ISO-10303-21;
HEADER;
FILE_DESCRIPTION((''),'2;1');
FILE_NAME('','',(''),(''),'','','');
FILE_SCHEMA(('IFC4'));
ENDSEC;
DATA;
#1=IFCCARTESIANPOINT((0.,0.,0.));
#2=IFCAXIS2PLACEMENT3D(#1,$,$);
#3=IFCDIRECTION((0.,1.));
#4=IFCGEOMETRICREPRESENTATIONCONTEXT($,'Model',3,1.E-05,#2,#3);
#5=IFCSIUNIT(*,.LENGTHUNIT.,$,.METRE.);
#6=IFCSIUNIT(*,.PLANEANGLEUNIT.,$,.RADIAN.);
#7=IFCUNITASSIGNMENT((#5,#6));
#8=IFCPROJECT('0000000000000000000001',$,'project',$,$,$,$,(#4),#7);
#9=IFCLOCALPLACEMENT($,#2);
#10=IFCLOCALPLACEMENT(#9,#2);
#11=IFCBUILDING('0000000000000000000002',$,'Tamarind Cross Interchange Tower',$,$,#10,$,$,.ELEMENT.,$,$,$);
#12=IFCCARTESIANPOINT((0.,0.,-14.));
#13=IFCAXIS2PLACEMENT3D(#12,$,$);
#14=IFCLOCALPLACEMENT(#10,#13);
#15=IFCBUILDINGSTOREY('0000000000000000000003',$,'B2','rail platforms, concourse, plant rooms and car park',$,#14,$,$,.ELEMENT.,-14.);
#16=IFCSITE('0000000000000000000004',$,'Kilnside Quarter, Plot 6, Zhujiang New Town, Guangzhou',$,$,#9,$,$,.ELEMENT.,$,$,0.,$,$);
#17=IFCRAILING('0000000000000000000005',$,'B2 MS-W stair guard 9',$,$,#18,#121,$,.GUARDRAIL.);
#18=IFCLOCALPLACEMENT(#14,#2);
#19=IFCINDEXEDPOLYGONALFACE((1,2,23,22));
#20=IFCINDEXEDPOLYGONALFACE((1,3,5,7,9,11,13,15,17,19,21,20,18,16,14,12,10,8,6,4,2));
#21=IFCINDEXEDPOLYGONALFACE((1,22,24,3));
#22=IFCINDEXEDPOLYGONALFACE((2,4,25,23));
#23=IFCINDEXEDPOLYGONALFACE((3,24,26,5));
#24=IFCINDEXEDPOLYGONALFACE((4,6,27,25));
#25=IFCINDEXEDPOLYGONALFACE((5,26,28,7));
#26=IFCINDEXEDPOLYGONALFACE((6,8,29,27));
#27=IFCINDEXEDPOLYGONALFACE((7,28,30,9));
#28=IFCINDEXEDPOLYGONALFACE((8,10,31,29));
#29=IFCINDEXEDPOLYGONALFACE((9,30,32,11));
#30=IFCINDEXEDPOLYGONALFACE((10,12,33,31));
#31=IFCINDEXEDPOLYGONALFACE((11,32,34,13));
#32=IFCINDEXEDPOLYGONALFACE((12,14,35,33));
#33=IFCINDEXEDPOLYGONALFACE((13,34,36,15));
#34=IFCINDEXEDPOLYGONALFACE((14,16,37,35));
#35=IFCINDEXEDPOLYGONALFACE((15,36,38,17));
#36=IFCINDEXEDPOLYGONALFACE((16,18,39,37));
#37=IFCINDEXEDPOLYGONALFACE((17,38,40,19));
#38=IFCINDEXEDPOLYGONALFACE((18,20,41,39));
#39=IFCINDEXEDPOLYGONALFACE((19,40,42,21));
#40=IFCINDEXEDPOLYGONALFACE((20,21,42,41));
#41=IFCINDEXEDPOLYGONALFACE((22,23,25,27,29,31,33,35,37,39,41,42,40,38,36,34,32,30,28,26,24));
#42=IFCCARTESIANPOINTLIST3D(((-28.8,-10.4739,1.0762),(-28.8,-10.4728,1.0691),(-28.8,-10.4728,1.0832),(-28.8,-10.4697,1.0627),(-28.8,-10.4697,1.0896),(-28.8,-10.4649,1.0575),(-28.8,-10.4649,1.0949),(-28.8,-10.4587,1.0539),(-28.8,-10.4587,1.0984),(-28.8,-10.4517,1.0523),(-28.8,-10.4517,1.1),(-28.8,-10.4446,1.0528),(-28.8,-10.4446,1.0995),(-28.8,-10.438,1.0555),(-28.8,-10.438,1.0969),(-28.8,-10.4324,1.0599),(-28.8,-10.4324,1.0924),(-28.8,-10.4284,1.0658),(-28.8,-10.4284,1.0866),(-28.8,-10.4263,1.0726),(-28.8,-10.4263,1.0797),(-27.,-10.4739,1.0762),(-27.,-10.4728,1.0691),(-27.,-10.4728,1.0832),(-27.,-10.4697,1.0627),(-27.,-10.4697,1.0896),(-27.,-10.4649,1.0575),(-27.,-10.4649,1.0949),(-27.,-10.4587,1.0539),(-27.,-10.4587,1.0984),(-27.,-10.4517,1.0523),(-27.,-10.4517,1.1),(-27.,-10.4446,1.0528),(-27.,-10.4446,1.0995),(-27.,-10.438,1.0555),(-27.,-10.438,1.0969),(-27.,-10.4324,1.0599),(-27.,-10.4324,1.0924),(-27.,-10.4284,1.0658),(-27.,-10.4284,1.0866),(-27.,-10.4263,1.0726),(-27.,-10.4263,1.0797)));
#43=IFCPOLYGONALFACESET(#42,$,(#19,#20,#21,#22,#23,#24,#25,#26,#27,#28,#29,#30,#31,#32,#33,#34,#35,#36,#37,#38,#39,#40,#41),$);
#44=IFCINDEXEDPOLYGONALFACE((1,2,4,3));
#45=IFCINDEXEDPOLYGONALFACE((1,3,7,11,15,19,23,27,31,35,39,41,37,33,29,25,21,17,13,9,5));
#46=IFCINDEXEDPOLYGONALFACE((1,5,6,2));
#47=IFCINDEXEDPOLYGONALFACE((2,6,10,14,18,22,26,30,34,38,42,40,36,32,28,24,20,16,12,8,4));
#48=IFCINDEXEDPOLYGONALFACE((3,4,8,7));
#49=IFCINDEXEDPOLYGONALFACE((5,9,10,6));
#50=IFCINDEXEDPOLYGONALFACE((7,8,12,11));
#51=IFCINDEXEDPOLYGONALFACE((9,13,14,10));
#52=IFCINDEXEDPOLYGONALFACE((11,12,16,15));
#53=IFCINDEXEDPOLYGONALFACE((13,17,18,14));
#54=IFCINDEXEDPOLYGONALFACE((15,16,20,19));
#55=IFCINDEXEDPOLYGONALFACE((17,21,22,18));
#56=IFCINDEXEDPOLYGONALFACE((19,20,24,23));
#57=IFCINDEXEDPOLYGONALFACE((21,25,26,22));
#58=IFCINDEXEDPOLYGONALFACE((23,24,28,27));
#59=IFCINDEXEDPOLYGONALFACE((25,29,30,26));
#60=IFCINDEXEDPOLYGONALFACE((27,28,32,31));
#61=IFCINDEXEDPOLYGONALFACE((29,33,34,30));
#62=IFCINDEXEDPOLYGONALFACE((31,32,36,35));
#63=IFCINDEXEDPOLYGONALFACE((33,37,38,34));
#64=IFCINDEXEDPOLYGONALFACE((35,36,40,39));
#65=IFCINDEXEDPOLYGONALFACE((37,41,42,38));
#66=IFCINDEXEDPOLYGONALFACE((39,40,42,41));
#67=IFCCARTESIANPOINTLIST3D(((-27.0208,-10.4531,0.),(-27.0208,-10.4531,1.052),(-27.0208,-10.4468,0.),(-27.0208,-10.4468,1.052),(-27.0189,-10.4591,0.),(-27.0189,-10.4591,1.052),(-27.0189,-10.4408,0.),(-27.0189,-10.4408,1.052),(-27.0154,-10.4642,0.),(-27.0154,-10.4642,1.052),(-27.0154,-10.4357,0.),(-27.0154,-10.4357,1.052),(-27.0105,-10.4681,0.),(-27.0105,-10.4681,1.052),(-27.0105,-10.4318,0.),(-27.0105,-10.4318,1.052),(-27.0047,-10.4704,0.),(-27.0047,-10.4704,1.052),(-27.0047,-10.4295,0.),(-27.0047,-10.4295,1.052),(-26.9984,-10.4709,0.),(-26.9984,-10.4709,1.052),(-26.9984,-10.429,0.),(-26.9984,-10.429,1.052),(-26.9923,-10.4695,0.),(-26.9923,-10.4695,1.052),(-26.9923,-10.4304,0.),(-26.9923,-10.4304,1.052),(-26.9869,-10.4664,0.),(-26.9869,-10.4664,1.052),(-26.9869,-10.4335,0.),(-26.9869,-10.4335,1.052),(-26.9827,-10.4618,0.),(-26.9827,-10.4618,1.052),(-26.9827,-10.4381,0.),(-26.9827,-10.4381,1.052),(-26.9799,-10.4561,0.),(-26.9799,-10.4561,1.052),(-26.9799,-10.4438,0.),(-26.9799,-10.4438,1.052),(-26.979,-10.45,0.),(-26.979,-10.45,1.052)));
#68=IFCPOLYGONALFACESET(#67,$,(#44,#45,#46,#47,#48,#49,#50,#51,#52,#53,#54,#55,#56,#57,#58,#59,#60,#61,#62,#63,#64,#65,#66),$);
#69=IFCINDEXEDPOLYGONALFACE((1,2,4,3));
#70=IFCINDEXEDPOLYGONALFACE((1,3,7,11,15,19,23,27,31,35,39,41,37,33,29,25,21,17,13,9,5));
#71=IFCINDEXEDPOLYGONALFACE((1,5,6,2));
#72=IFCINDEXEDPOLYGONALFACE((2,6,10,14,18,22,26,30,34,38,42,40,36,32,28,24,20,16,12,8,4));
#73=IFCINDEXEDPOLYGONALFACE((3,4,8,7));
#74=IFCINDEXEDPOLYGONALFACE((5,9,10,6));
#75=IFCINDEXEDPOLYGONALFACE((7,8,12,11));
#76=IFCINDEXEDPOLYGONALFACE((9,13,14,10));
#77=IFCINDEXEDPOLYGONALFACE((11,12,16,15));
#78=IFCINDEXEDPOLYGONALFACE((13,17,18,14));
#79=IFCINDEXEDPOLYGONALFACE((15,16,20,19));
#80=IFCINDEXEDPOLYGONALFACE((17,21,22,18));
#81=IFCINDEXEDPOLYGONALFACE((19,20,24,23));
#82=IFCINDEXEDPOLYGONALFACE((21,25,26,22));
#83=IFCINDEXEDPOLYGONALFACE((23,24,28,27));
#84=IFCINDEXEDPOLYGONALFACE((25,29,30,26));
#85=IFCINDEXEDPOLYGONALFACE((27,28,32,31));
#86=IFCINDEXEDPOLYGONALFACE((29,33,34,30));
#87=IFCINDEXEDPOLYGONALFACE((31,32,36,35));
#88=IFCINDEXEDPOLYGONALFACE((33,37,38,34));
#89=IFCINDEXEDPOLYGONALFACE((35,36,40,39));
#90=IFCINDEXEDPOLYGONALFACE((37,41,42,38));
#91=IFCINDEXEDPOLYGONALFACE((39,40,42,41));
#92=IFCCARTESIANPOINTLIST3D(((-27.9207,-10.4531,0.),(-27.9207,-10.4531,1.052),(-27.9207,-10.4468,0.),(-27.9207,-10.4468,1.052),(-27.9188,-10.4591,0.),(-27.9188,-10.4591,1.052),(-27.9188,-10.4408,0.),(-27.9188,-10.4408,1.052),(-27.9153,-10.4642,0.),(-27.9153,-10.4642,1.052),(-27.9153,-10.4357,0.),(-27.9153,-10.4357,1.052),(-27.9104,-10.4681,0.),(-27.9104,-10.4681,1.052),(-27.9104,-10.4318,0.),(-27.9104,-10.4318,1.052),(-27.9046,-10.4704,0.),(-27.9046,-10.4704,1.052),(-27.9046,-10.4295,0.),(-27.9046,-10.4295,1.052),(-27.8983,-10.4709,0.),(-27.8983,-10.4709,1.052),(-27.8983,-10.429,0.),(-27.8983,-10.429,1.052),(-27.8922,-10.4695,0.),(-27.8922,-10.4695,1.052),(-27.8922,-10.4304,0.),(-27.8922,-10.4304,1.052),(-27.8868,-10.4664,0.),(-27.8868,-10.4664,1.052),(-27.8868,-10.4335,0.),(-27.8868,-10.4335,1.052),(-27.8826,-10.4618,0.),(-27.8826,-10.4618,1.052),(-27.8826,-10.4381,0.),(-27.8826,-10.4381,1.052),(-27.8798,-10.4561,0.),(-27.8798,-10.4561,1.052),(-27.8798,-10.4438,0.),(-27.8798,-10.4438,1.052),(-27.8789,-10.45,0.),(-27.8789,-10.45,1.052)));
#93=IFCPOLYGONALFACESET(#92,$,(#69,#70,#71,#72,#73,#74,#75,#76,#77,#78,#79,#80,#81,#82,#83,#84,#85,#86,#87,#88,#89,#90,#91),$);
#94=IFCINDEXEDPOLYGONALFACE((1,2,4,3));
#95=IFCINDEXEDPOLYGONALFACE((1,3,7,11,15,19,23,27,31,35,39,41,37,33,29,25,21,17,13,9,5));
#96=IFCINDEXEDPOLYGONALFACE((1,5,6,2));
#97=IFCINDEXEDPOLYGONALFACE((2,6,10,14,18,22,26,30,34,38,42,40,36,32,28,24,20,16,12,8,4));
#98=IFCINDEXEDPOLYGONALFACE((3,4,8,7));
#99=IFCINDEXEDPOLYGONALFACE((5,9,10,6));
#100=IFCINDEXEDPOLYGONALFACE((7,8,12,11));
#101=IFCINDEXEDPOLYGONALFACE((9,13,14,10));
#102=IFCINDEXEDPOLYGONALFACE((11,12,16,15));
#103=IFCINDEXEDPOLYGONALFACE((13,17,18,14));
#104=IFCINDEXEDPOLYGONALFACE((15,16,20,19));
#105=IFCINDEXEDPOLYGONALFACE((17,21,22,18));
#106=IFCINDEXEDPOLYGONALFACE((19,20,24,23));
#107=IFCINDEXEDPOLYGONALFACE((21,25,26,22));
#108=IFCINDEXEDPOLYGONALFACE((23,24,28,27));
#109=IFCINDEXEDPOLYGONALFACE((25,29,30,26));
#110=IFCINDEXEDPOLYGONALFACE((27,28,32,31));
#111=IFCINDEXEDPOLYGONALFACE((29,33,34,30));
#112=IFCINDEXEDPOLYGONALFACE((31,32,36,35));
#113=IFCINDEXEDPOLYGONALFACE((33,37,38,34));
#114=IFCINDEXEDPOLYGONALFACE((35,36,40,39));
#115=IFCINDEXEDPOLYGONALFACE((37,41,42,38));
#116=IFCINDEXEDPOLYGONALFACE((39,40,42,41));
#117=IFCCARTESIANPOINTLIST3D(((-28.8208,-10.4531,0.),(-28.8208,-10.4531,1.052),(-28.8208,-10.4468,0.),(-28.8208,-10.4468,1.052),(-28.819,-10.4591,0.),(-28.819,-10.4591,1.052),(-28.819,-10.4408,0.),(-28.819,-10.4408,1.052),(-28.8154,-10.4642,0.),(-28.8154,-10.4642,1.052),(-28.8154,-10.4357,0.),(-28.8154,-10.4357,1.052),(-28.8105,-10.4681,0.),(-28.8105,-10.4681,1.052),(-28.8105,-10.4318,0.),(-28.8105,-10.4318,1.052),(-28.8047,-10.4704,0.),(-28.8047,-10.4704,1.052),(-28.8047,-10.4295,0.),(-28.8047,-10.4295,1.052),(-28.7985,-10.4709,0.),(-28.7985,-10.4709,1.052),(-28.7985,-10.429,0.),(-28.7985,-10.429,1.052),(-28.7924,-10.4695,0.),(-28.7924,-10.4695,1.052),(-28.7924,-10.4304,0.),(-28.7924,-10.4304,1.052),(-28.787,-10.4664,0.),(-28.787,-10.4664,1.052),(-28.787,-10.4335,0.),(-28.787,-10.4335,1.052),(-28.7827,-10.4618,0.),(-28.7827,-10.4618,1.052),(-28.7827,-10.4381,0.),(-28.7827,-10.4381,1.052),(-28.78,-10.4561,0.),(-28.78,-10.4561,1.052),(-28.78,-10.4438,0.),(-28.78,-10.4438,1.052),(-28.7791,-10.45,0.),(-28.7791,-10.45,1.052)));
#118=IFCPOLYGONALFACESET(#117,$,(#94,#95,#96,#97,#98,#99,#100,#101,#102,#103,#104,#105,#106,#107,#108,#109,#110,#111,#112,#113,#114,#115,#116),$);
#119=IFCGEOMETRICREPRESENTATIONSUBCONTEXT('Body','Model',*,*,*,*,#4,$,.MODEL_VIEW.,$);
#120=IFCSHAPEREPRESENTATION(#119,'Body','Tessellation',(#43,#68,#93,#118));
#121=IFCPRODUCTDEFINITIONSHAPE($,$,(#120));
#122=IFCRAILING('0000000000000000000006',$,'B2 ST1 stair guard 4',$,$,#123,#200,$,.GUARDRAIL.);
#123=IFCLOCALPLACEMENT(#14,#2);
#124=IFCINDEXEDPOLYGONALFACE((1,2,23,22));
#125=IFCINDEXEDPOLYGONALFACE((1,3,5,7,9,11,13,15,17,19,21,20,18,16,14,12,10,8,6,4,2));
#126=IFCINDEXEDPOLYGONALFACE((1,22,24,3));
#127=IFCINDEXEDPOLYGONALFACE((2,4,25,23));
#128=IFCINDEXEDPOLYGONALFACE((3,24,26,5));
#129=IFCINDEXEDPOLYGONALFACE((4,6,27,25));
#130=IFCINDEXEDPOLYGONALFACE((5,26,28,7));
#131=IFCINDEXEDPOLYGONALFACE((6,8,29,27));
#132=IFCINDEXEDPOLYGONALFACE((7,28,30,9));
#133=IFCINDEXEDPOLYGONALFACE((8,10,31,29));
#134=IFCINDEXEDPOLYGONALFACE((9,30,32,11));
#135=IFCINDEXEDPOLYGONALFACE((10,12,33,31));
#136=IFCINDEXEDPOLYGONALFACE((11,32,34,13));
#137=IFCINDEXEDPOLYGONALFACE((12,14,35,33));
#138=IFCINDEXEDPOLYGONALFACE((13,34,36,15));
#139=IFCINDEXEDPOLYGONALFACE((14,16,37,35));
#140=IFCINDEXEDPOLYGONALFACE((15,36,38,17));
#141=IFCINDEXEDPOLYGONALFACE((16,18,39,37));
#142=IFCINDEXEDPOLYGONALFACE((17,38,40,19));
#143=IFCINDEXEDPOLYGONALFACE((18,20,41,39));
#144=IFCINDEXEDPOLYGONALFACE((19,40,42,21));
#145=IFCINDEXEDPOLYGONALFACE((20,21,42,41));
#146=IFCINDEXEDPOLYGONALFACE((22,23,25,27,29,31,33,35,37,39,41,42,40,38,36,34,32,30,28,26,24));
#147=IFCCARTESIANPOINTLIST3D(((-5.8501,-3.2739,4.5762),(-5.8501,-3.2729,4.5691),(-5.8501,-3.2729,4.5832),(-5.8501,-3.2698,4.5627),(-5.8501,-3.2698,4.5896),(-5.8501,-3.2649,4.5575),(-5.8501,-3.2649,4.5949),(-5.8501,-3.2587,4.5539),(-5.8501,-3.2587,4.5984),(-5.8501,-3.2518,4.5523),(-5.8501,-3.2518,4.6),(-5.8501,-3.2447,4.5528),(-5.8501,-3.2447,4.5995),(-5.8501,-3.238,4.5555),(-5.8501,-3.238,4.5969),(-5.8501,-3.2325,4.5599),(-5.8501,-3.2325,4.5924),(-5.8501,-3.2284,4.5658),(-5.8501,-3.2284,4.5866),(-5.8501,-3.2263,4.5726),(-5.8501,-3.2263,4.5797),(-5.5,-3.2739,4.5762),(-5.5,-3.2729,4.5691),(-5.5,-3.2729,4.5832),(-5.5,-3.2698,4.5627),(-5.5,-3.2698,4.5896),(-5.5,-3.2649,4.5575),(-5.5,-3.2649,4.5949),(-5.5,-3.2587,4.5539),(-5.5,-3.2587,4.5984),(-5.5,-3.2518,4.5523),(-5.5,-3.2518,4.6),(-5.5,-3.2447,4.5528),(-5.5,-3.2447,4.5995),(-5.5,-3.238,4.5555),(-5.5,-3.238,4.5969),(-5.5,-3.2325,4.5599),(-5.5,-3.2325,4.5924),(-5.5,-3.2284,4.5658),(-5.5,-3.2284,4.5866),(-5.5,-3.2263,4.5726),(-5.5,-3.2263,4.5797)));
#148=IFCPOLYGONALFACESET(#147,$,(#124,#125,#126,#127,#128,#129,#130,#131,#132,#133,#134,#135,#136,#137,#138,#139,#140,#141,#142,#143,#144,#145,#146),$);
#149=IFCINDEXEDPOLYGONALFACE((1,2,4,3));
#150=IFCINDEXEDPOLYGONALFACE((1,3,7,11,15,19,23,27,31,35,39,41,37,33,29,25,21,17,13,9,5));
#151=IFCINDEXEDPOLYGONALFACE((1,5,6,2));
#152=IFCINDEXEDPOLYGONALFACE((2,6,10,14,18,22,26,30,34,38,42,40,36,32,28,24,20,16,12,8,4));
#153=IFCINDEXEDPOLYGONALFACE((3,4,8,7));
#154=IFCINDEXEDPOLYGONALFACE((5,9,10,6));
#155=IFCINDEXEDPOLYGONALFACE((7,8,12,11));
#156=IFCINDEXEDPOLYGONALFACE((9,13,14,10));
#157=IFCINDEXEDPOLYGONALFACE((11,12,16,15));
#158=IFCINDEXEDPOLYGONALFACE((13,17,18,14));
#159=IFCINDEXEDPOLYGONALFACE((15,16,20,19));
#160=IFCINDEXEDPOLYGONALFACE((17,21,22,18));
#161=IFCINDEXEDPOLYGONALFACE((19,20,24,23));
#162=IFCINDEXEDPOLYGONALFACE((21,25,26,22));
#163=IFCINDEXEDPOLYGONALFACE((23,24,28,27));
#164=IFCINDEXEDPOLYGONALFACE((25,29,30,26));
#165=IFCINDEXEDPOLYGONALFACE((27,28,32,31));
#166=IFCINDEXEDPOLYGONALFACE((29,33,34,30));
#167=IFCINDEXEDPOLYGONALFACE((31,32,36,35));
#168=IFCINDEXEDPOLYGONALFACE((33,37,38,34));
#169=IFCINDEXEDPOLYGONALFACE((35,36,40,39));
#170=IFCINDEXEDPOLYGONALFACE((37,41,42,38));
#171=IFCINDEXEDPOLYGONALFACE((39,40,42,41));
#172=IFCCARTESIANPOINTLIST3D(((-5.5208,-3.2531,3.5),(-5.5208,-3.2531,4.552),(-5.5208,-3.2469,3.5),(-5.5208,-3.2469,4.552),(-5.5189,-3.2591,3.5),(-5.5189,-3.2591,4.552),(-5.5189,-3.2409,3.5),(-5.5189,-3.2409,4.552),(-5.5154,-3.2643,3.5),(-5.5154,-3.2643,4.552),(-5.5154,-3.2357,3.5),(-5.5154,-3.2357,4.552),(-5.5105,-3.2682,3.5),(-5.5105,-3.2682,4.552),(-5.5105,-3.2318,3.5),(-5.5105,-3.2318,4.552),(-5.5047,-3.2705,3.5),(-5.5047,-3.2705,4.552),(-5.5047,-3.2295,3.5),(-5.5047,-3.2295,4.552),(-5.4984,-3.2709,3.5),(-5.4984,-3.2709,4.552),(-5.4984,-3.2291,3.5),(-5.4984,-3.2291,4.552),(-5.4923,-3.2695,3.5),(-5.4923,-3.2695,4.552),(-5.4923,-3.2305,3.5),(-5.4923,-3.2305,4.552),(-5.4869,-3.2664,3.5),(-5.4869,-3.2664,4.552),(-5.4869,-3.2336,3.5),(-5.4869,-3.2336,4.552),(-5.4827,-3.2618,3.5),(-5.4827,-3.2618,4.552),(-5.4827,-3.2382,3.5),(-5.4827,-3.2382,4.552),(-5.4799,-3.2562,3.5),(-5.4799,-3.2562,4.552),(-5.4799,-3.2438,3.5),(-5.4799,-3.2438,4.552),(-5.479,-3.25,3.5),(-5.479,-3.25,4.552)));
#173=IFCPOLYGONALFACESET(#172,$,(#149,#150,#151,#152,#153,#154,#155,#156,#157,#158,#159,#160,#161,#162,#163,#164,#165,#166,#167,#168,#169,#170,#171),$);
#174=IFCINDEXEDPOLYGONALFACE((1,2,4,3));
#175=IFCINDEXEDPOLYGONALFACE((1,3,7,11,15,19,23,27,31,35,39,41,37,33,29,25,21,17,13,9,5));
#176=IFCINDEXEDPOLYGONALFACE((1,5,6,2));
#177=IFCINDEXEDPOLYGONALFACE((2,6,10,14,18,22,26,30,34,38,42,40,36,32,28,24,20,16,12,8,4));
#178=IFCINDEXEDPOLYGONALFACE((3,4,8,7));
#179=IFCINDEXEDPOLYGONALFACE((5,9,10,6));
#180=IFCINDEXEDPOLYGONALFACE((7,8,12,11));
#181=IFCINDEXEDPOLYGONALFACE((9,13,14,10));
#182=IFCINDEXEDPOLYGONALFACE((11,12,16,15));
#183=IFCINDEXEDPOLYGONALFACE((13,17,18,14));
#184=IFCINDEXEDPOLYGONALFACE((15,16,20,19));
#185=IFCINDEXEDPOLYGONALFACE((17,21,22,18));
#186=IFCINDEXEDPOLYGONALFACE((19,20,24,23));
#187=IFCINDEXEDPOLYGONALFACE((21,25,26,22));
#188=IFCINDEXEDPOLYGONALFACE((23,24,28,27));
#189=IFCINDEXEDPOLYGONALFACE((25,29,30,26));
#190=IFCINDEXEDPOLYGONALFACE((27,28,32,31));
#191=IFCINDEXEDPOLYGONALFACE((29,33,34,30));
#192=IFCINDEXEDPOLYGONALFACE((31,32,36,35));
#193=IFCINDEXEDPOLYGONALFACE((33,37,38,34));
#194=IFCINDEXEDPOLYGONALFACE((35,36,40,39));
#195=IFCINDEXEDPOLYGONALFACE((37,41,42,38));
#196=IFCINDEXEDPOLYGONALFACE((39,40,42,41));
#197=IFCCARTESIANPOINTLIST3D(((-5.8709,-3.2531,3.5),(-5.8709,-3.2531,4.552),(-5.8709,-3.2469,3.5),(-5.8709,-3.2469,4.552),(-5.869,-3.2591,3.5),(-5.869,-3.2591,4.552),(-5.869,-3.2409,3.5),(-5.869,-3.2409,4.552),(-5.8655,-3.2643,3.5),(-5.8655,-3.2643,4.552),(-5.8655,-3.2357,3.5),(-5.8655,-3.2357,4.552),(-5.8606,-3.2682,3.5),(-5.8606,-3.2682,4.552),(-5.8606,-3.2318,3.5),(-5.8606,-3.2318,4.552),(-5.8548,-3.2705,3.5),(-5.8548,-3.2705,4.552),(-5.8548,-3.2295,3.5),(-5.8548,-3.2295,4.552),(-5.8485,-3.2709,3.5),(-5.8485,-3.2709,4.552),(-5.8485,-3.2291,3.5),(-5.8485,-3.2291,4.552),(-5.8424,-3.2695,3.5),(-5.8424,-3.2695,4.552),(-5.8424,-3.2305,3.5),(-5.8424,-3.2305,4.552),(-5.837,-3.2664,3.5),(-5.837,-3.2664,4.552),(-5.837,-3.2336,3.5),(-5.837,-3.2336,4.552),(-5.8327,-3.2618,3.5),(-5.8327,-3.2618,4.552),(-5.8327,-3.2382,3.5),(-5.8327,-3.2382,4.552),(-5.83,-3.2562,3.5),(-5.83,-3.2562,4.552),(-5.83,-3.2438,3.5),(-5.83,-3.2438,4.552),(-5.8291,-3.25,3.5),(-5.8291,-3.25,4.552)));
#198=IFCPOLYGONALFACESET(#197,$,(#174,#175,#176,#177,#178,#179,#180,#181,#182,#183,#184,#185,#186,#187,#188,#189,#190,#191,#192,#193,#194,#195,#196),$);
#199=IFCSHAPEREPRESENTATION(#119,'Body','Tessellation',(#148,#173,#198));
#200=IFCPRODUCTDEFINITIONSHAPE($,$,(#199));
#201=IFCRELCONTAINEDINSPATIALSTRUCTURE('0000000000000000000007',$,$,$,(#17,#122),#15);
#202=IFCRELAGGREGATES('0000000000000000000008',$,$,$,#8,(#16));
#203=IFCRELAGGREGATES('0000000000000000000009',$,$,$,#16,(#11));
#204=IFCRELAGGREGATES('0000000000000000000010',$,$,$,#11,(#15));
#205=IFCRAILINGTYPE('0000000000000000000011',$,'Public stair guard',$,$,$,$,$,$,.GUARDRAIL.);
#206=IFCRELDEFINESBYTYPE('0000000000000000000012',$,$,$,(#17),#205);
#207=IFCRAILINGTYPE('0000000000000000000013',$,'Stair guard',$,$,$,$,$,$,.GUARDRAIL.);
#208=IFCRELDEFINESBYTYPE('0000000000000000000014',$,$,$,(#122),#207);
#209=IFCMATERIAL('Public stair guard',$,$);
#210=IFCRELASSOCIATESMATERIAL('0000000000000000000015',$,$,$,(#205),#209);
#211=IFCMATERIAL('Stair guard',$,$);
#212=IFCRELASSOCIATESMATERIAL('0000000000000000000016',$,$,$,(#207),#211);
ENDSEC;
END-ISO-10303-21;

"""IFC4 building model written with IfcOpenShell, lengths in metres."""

from ifc_helpers import new_model, si_unit, direction, frame, origin, origin_2d, place, context, subcontext, project, spatial, circle, extrude, material, type_object, element, save


model = new_model("IFC4")

# Units and contexts
model_context = context("Model", 3, precision=1e-05, world=origin(), true_north=direction((0.0, 1.0)))
body_context = subcontext(model_context, "Body", "Model", "MODEL_VIEW")
ifc_project = project(units=[si_unit("LENGTHUNIT", "METRE"), si_unit("PLANEANGLEUNIT", "RADIAN")], contexts=[model_context])

# Site, building, storey
site_placement = place(None, origin())
site = spatial("IfcSite", under=ifc_project, at=site_placement, Name="Kilnside Quarter, Plot 6, Zhujiang New Town, Guangzhou", CompositionType="ELEMENT", RefElevation=0.0)
building_placement = place(site_placement, origin())
building = spatial("IfcBuilding", under=site, at=building_placement, Name="Tamarind Cross Interchange Tower", CompositionType="ELEMENT")
storey_placement = place(building_placement, frame((0.0, 0.0, -14.0)))
storey = spatial("IfcBuildingStorey", under=building, at=storey_placement, Name="B2", Description="rail platforms, concourse, plant rooms and car park", CompositionType="ELEMENT", Elevation=-14.0)

# Railings
ifc_material_1 = material(Name="Public stair guard")
railing_type_1 = type_object("IfcRailingType", Name="Public stair guard", PredefinedType="GUARDRAIL", material=ifc_material_1)
for number, where, name in (
    (1, (-27.0, -10.45, 0.0), "B2 MS-W stair guard 9"),
):
    element("IfcRailing", number, at=place(storey_placement, frame(where)), inside=storey, type_object=railing_type_1, Name=name, PredefinedType="GUARDRAIL", context=body_context, shape_type="SweptSolid", body=[
        extrude(circle(Radius=0.0239, at=origin_2d()), frame((0.0, 0.0, 1.0762), z_axis=(-1.0, 0.0, 0.0), x_axis=(0.0, -1.0, 0.0)), (0.0, 0.0, 1.0), 1.8),
        extrude(circle(Radius=0.021, at=origin_2d()), origin(), (0.0, 0.0, 1.0), 1.052),
        extrude(circle(Radius=0.021, at=origin_2d()), frame((-0.8999, 0.0, 0.0)), (0.0, 0.0, 1.0), 1.052),
        extrude(circle(Radius=0.021, at=origin_2d()), frame((-1.8, 0.0, 0.0)), (0.0, 0.0, 1.0), 1.052),
    ])
ifc_material_2 = material(Name="Stair guard")
railing_type_2 = type_object("IfcRailingType", Name="Stair guard", PredefinedType="GUARDRAIL", material=ifc_material_2)
railing_placement = place(storey_placement, frame((-5.5, -3.25, 3.5)))
element("IfcRailing", 2, at=railing_placement, inside=storey, type_object=railing_type_2, Name="B2 ST1 stair guard 4", PredefinedType="GUARDRAIL", context=body_context, shape_type="SweptSolid", body=[
    extrude(circle(Radius=0.0239, at=origin_2d()), frame((0.0, 0.0, 1.0762), z_axis=(-1.0, 0.0, 0.0), x_axis=(0.0, -1.0, 0.0)), (0.0, 0.0, 1.0), 0.3501),
    extrude(circle(Radius=0.021, at=origin_2d()), origin(), (0.0, 0.0, 1.0), 1.052),
    extrude(circle(Radius=0.021, at=origin_2d()), frame((-0.3501, 0.0, 0.0)), (0.0, 0.0, 1.0), 1.052),
])

save(model, "model.ifc")
